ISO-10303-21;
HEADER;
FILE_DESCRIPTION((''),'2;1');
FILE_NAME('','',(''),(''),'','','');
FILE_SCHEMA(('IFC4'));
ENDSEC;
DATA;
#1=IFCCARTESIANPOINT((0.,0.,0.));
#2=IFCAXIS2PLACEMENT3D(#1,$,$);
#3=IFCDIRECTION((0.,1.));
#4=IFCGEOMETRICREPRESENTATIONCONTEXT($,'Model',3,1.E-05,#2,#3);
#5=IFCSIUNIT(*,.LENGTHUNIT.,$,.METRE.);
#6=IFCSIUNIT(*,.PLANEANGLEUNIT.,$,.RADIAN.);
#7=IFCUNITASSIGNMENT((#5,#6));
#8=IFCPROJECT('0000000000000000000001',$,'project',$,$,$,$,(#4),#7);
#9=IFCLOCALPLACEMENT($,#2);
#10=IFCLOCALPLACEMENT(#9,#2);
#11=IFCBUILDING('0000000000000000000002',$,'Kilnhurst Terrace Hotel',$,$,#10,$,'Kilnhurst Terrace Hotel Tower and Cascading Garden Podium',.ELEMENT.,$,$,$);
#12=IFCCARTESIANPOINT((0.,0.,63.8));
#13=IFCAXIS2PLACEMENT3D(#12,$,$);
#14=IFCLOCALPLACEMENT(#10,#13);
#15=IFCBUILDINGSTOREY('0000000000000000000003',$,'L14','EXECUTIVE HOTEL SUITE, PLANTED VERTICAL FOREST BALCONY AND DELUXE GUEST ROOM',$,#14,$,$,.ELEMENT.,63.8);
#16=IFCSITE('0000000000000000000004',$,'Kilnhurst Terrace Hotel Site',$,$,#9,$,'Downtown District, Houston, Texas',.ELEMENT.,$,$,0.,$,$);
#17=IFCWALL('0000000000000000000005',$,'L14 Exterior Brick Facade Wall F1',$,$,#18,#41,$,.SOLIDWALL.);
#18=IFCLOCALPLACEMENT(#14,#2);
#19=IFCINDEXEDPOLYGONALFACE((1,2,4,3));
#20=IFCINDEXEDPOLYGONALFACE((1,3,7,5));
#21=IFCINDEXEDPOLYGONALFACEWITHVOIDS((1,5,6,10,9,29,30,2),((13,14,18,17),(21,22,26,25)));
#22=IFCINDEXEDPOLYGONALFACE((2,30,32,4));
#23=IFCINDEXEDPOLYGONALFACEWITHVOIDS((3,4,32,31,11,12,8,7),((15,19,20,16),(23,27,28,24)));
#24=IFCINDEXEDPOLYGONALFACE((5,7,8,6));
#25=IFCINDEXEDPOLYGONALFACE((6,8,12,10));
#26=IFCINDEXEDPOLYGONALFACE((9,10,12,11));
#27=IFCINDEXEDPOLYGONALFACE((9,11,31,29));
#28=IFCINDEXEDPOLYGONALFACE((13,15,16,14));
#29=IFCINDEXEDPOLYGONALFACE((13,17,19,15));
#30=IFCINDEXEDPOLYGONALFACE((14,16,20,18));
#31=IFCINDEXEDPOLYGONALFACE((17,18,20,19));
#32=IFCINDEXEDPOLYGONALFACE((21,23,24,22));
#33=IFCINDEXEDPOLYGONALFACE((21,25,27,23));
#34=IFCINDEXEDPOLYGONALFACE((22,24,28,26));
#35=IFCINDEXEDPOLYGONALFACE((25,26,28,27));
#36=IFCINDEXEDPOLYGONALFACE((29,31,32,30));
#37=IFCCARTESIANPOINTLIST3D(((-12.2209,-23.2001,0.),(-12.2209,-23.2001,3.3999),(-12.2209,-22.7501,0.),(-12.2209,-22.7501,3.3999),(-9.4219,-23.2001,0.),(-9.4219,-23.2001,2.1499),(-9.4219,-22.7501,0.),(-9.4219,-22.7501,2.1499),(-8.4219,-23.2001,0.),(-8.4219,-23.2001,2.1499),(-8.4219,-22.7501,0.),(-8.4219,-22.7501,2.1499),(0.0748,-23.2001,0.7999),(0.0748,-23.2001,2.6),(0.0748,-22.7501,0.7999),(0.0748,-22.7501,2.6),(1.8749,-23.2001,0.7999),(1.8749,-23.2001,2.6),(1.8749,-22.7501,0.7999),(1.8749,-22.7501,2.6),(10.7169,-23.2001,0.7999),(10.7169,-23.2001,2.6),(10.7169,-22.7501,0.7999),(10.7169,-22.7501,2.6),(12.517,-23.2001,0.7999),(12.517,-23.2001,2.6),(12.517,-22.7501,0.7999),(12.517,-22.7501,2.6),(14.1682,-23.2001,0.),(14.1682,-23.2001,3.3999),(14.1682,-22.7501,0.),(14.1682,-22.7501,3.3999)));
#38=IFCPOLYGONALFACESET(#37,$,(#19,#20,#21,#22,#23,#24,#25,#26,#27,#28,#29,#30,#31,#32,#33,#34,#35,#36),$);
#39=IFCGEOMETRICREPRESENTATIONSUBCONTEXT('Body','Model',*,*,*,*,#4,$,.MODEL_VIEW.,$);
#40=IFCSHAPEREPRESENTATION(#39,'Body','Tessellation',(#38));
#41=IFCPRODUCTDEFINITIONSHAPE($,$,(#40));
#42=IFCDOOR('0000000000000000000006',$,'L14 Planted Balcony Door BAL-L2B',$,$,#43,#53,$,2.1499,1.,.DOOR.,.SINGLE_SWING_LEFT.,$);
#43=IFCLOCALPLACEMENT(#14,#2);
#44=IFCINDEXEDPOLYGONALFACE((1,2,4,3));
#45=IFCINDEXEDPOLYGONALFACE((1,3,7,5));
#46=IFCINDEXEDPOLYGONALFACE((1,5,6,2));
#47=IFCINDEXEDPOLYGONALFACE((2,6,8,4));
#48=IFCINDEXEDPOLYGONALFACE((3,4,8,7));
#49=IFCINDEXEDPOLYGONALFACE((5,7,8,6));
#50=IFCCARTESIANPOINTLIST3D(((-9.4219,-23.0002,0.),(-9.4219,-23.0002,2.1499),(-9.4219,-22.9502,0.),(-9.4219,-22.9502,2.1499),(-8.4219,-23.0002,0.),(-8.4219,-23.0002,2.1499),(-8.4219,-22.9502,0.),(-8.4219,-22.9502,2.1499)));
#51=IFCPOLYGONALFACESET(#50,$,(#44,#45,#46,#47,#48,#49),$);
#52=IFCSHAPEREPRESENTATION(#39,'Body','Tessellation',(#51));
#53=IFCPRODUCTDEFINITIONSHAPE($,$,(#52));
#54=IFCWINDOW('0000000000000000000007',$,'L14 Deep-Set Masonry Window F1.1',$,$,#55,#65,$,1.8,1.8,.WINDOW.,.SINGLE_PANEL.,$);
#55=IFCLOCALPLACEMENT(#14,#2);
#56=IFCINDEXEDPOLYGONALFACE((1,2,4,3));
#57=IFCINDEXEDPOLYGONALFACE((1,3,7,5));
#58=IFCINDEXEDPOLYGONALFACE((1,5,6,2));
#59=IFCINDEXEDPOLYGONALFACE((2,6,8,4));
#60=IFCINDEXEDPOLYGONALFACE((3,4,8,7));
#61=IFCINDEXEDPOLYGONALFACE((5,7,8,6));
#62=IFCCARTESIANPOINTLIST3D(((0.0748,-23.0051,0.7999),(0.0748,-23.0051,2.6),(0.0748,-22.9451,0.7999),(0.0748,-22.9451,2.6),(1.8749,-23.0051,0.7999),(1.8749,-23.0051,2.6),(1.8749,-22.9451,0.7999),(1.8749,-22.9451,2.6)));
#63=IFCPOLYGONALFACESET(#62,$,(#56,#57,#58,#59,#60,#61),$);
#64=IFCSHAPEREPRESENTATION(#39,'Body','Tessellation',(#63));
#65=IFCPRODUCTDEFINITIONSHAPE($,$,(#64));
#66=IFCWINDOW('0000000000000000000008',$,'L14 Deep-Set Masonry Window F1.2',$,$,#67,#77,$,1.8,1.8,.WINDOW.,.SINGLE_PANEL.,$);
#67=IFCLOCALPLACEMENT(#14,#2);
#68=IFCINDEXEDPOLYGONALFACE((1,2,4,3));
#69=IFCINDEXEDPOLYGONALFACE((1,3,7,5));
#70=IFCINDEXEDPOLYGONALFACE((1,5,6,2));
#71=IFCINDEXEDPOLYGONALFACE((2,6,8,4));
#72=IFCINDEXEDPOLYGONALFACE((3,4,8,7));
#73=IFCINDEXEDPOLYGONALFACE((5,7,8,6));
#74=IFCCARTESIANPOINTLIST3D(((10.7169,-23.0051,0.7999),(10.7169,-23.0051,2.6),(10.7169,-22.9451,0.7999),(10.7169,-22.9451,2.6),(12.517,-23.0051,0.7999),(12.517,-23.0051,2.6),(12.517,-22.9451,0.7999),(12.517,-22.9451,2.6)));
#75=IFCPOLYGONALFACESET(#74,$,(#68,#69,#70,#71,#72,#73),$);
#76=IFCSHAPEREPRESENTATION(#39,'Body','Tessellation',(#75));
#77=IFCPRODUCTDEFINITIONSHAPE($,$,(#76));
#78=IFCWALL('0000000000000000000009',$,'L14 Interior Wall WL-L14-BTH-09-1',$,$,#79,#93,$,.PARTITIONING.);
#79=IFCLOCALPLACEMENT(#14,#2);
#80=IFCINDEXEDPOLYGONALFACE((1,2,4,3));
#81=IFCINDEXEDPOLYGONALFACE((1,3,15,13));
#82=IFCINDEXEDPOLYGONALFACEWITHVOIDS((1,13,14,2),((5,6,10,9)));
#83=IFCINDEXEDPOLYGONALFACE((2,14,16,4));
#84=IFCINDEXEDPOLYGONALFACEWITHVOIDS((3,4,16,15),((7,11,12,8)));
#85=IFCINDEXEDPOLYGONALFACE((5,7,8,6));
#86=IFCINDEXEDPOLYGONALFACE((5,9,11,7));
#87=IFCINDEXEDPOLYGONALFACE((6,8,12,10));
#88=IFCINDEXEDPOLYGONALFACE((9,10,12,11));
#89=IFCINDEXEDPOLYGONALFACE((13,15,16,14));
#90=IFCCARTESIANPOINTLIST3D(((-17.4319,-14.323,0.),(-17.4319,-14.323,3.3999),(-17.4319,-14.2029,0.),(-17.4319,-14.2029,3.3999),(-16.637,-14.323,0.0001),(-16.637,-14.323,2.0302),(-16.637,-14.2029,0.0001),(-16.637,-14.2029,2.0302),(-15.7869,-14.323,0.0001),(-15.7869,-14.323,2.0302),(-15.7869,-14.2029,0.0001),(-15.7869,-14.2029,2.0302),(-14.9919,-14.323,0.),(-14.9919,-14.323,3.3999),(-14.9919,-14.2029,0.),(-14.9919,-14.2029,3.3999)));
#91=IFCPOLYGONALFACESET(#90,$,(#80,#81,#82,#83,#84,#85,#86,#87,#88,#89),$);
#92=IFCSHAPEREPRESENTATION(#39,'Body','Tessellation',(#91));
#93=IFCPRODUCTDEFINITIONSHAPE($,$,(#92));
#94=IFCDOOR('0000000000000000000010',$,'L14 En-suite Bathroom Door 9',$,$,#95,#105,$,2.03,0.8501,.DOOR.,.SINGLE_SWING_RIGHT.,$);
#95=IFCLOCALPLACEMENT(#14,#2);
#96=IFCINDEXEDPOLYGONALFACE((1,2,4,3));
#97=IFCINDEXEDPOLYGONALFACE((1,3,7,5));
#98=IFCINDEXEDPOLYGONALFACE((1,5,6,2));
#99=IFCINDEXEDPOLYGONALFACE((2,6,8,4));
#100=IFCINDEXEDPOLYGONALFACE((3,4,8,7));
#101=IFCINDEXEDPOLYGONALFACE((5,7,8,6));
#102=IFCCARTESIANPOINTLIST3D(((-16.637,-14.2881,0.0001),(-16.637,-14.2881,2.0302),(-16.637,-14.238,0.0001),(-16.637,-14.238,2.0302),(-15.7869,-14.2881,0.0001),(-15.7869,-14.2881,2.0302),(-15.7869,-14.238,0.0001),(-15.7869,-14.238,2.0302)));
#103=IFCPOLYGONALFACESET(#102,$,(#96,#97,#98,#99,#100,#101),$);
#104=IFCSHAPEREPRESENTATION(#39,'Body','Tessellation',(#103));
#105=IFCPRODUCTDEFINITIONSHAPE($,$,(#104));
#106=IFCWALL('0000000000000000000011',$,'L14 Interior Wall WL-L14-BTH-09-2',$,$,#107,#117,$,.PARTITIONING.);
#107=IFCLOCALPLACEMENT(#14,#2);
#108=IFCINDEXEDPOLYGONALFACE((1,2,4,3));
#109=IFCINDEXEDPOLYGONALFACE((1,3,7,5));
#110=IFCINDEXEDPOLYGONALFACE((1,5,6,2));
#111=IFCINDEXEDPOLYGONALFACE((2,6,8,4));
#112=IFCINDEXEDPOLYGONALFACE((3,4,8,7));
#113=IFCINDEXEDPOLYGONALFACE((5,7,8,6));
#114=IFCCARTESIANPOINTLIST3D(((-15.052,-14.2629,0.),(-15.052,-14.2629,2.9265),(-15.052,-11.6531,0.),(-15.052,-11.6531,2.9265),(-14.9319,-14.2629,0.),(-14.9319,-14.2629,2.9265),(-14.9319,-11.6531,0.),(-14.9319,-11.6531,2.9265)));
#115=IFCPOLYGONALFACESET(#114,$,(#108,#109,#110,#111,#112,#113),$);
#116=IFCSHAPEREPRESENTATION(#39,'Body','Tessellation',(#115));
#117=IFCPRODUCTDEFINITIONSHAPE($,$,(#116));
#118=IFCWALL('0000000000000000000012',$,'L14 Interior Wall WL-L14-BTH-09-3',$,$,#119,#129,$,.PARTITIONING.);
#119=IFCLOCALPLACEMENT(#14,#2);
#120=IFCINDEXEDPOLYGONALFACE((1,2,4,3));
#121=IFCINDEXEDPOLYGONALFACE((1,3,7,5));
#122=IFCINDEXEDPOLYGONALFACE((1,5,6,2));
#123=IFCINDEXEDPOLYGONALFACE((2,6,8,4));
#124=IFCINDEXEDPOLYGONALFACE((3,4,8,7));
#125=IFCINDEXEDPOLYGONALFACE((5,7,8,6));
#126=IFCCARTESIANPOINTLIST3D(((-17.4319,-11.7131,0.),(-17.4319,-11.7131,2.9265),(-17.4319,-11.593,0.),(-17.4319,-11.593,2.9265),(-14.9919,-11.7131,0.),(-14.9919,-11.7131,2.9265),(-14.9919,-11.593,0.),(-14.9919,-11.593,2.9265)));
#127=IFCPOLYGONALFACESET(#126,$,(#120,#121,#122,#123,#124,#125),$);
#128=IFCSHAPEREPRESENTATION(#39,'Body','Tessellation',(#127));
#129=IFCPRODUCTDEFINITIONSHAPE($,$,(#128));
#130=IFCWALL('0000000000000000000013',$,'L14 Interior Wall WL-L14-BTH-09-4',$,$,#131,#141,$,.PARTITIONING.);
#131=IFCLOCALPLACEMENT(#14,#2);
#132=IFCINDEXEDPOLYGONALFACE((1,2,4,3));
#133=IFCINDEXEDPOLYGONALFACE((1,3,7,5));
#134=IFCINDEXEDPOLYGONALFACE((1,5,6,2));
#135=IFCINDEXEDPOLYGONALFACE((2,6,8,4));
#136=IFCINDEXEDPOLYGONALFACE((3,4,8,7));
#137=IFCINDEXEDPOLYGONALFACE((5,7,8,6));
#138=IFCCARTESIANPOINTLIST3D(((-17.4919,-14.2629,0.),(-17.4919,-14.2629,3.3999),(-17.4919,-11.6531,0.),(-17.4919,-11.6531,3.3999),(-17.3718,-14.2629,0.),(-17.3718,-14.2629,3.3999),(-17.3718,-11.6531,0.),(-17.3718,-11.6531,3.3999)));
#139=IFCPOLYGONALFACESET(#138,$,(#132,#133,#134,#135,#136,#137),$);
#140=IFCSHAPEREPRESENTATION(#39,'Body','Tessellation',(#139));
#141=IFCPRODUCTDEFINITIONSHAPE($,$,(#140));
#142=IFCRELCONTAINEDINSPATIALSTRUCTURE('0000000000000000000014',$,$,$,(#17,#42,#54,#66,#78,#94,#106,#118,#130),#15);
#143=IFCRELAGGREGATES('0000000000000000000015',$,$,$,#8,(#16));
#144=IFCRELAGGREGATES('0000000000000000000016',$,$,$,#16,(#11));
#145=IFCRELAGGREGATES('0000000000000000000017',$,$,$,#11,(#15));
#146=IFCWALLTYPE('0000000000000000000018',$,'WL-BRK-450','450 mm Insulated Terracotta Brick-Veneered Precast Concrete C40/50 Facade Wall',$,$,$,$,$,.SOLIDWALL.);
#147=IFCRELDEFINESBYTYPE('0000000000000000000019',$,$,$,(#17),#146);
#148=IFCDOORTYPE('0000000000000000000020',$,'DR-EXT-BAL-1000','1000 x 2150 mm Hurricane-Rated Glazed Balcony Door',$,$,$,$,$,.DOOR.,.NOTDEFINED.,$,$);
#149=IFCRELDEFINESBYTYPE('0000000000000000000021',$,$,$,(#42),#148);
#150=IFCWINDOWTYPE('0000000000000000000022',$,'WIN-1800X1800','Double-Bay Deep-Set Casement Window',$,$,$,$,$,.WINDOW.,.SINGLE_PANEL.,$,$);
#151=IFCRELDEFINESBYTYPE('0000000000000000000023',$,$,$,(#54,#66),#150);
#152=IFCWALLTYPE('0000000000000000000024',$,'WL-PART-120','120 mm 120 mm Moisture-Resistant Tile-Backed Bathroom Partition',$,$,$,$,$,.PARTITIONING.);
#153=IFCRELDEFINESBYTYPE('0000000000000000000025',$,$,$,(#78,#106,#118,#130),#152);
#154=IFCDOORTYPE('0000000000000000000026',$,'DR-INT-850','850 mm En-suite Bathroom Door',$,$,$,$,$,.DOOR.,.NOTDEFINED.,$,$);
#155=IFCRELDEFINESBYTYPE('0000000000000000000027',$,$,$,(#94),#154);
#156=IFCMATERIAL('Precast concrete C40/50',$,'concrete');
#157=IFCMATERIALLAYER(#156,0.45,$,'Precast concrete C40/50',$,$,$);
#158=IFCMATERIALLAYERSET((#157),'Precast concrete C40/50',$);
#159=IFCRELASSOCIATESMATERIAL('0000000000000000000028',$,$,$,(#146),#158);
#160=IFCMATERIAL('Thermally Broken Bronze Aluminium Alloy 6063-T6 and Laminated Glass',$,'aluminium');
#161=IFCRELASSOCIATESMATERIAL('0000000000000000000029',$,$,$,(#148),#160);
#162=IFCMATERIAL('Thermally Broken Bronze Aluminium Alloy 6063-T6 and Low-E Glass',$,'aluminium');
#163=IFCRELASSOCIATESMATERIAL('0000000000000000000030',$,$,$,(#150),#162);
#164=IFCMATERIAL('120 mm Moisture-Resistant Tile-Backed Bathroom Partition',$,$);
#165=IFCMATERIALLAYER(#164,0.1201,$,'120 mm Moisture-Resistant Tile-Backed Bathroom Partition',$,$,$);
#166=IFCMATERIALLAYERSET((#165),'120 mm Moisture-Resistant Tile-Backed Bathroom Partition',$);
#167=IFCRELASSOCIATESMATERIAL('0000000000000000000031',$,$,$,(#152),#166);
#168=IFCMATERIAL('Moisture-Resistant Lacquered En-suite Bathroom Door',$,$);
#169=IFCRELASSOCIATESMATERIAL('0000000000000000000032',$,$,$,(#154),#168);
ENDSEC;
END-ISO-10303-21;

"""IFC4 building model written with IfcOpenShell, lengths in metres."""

from ifc_helpers import new_model, si_unit, direction, frame, frame_2d, origin, place, context, subcontext, project, spatial, rectangle, extrude, material, layer, layer_set, type_object, element, fill, save


model = new_model("IFC4")

# Units and contexts
model_context = context("Model", 3, precision=1e-05, world=origin(), true_north=direction((0.0, 1.0)))
body_context = subcontext(model_context, "Body", "Model", "MODEL_VIEW")
ifc_project = project(units=[si_unit("LENGTHUNIT", "METRE"), si_unit("PLANEANGLEUNIT", "RADIAN")], contexts=[model_context])

# Site, building, storey
site_placement = place(None, origin())
site = spatial("IfcSite", under=ifc_project, at=site_placement, Name="Kilnhurst Terrace Hotel Site", LongName="Downtown District, Houston, Texas", CompositionType="ELEMENT", RefElevation=0.0)
building_placement = place(site_placement, origin())
building = spatial("IfcBuilding", under=site, at=building_placement, Name="Kilnhurst Terrace Hotel", LongName="Kilnhurst Terrace Hotel Tower and Cascading Garden Podium", CompositionType="ELEMENT")
storey_placement = place(building_placement, frame((0.0, 0.0, 63.8)))
storey = spatial("IfcBuildingStorey", under=building, at=storey_placement, Name="L14", Description="EXECUTIVE HOTEL SUITE, PLANTED VERTICAL FOREST BALCONY AND DELUXE GUEST ROOM", CompositionType="ELEMENT", Elevation=63.8)

# Shared definitions
ifc_material_1 = material(Name="Precast concrete C40/50", Category="concrete")
ifc_layer_1 = layer(ifc_material_1, 0.45, Name="Precast concrete C40/50")
ifc_layer_set_1 = layer_set([ifc_layer_1], Name="Precast concrete C40/50")
wall_type_1 = type_object("IfcWallType", Name="WL-BRK-450", Description="450 mm Insulated Terracotta Brick-Veneered Precast Concrete C40/50 Facade Wall", PredefinedType="SOLIDWALL", material=ifc_layer_set_1)

# Wall, openings, door, windows
wall_1_placement = place(storey_placement, frame((-12.2209, -22.9751, 0.0), z_axis=(0.0, 0.0, 1.0), x_axis=(1.0, 0.0, 0.0)))
wall_1 = element("IfcWall", 1, at=wall_1_placement, inside=storey, type_object=wall_type_1, Name="L14 Exterior Brick Facade Wall F1", PredefinedType="SOLIDWALL", context=body_context, shape_type="SweptSolid", body=[
    extrude(rectangle(XDim=26.3892, YDim=0.45, at=frame_2d((13.1946, 0.0))), origin(), (0.0, 0.0, 1.0), 3.3999),
])
opening_1_placement = place(wall_1_placement, frame((2.7991, 0.0, 0.0)))
opening_1 = element("IfcOpeningElement", 2, at=opening_1_placement, cuts=wall_1, PredefinedType="OPENING", context=body_context, shape_type="SweptSolid", body=[
    extrude(rectangle(XDim=1.0, YDim=2.1499, at=frame_2d((0.5, 1.075))), frame((0.0, 0.2349, 0.0), z_axis=(0.0, -1.0, 0.0), x_axis=(1.0, 0.0, 0.0)), (0.0, 0.0, 1.0), 0.47),
])
opening_2_placement = place(wall_1_placement, frame((12.2959, 0.0, 0.8)))
opening_2 = element("IfcOpeningElement", 3, at=opening_2_placement, cuts=wall_1, PredefinedType="OPENING", context=body_context, shape_type="SweptSolid", body=[
    extrude(rectangle(XDim=1.8, YDim=1.8, at=frame_2d((0.8999, 0.8999))), frame((0.0, 0.2349, 0.0), z_axis=(0.0, -1.0, 0.0), x_axis=(1.0, 0.0, 0.0)), (0.0, 0.0, 1.0), 0.47),
])
opening_3_placement = place(wall_1_placement, frame((22.938, 0.0, 0.8)))
opening_3 = element("IfcOpeningElement", 4, at=opening_3_placement, cuts=wall_1, PredefinedType="OPENING", context=body_context, shape_type="SweptSolid", body=[
    extrude(rectangle(XDim=1.8, YDim=1.8, at=frame_2d((0.8999, 0.8999))), frame((0.0, 0.2349, 0.0), z_axis=(0.0, -1.0, 0.0), x_axis=(1.0, 0.0, 0.0)), (0.0, 0.0, 1.0), 0.47),
])
ifc_material_2 = material(Name="Thermally Broken Bronze Aluminium Alloy 6063-T6 and Laminated Glass", Category="aluminium")
door_type_1 = type_object("IfcDoorType", Name="DR-EXT-BAL-1000", Description="1000 x 2150 mm Hurricane-Rated Glazed Balcony Door", OperationType="NOTDEFINED", PredefinedType="DOOR", material=ifc_material_2)
door_1_placement = place(opening_1_placement, origin())
door_1 = element("IfcDoor", 5, at=door_1_placement, inside=storey, type_object=door_type_1, Name="L14 Planted Balcony Door BAL-L2B", OperationType="SINGLE_SWING_LEFT", OverallHeight=2.1499, OverallWidth=1.0, PredefinedType="DOOR", context=body_context, shape_type="SweptSolid", body=[
    extrude(rectangle(XDim=1.0, YDim=2.1499, at=frame_2d((0.5, 1.075))), frame((0.0, 0.0249, 0.0), z_axis=(0.0, -1.0, 0.0), x_axis=(1.0, 0.0, 0.0)), (0.0, 0.0, 1.0), 0.05),
])
fill(opening_1, door_1)
ifc_material_3 = material(Name="Thermally Broken Bronze Aluminium Alloy 6063-T6 and Low-E Glass", Category="aluminium")
window_type = type_object("IfcWindowType", Name="WIN-1800X1800", Description="Double-Bay Deep-Set Casement Window", PartitioningType="SINGLE_PANEL", PredefinedType="WINDOW", material=ifc_material_3)
window_1_placement = place(opening_2_placement, origin())
window_1 = element("IfcWindow", 6, at=window_1_placement, inside=storey, type_object=window_type, Name="L14 Deep-Set Masonry Window F1.1", OverallHeight=1.8, OverallWidth=1.8, PartitioningType="SINGLE_PANEL", PredefinedType="WINDOW", context=body_context, shape_type="SweptSolid", body=[
    extrude(rectangle(XDim=1.8, YDim=1.8, at=frame_2d((0.8999, 0.8999))), frame((0.0, 0.03, 0.0), z_axis=(0.0, -1.0, 0.0), x_axis=(1.0, 0.0, 0.0)), (0.0, 0.0, 1.0), 0.0601),
])
fill(opening_2, window_1)
window_2_placement = place(opening_3_placement, origin())
window_2 = element("IfcWindow", 7, at=window_2_placement, inside=storey, type_object=window_type, Name="L14 Deep-Set Masonry Window F1.2", OverallHeight=1.8, OverallWidth=1.8, PartitioningType="SINGLE_PANEL", PredefinedType="WINDOW", context=body_context, shape_type="SweptSolid", body=[
    extrude(rectangle(XDim=1.8, YDim=1.8, at=frame_2d((0.8999, 0.8999))), frame((0.0, 0.03, 0.0), z_axis=(0.0, -1.0, 0.0), x_axis=(1.0, 0.0, 0.0)), (0.0, 0.0, 1.0), 0.0601),
])
fill(opening_3, window_2)

# Wall, opening, door
ifc_material_4 = material(Name="120 mm Moisture-Resistant Tile-Backed Bathroom Partition")
ifc_layer_2 = layer(ifc_material_4, 0.1201, Name="120 mm Moisture-Resistant Tile-Backed Bathroom Partition")
ifc_layer_set_2 = layer_set([ifc_layer_2], Name="120 mm Moisture-Resistant Tile-Backed Bathroom Partition")
wall_type_2 = type_object("IfcWallType", Name="WL-PART-120", Description="120 mm 120 mm Moisture-Resistant Tile-Backed Bathroom Partition", PredefinedType="PARTITIONING", material=ifc_layer_set_2)
wall_2_placement = place(storey_placement, frame((-17.4319, -14.2629, 0.0), z_axis=(0.0, 0.0, 1.0), x_axis=(1.0, 0.0, 0.0)))
wall_2 = element("IfcWall", 8, at=wall_2_placement, inside=storey, type_object=wall_type_2, Name="L14 Interior Wall WL-L14-BTH-09-1", PredefinedType="PARTITIONING", context=body_context, shape_type="SweptSolid", body=[
    extrude(rectangle(XDim=2.4399, YDim=0.1201, at=frame_2d((1.22, 0.0))), origin(), (0.0, 0.0, 1.0), 3.3999),
])
opening_4_placement = place(wall_2_placement, frame((0.7949, 0.0, 0.0)))
opening_4 = element("IfcOpeningElement", 9, at=opening_4_placement, cuts=wall_2, PredefinedType="OPENING", context=body_context, shape_type="SweptSolid", body=[
    extrude(rectangle(XDim=0.8501, YDim=2.03, at=frame_2d((0.425, 1.0151))), frame((0.0, 0.0701, 0.0), z_axis=(0.0, -1.0, 0.0), x_axis=(1.0, 0.0, 0.0)), (0.0, 0.0, 1.0), 0.1401),
])
ifc_material_5 = material(Name="Moisture-Resistant Lacquered En-suite Bathroom Door")
door_type_2 = type_object("IfcDoorType", Name="DR-INT-850", Description="850 mm En-suite Bathroom Door", OperationType="NOTDEFINED", PredefinedType="DOOR", material=ifc_material_5)
door_2_placement = place(opening_4_placement, origin())
door_2 = element("IfcDoor", 10, at=door_2_placement, inside=storey, type_object=door_type_2, Name="L14 En-suite Bathroom Door 9", OperationType="SINGLE_SWING_RIGHT", OverallHeight=2.03, OverallWidth=0.8501, PredefinedType="DOOR", context=body_context, shape_type="SweptSolid", body=[
    extrude(rectangle(XDim=0.8501, YDim=2.03, at=frame_2d((0.425, 1.0151))), frame((0.0, 0.0249, 0.0), z_axis=(0.0, -1.0, 0.0), x_axis=(1.0, 0.0, 0.0)), (0.0, 0.0, 1.0), 0.05),
])
fill(opening_4, door_2)

# Walls
wall_3_placement = place(storey_placement, frame((-14.9919, -14.2629, 0.0), z_axis=(0.0, 0.0, 1.0), x_axis=(0.0, 1.0, 0.0)))
element("IfcWall", 11, at=wall_3_placement, inside=storey, type_object=wall_type_2, Name="L14 Interior Wall WL-L14-BTH-09-2", PredefinedType="PARTITIONING", context=body_context, shape_type="SweptSolid", body=[
    extrude(rectangle(XDim=2.6099, YDim=0.1201, at=frame_2d((1.3049, 0.0))), origin(), (0.0, 0.0, 1.0), 2.9265),
])
wall_4_placement = place(storey_placement, frame((-14.9919, -11.6531, 0.0), z_axis=(0.0, 0.0, 1.0), x_axis=(-1.0, 0.0, 0.0)))
element("IfcWall", 12, at=wall_4_placement, inside=storey, type_object=wall_type_2, Name="L14 Interior Wall WL-L14-BTH-09-3", PredefinedType="PARTITIONING", context=body_context, shape_type="SweptSolid", body=[
    extrude(rectangle(XDim=2.4399, YDim=0.1201, at=frame_2d((1.22, 0.0))), origin(), (0.0, 0.0, 1.0), 2.9265),
])
wall_5_placement = place(storey_placement, frame((-17.4319, -11.6531, 0.0), z_axis=(0.0, 0.0, 1.0), x_axis=(0.0, -1.0, 0.0)))
element("IfcWall", 13, at=wall_5_placement, inside=storey, type_object=wall_type_2, Name="L14 Interior Wall WL-L14-BTH-09-4", PredefinedType="PARTITIONING", context=body_context, shape_type="SweptSolid", body=[
    extrude(rectangle(XDim=2.6099, YDim=0.1201, at=frame_2d((1.3049, 0.0))), origin(), (0.0, 0.0, 1.0), 3.3999),
])

save(model, "model.ifc")
